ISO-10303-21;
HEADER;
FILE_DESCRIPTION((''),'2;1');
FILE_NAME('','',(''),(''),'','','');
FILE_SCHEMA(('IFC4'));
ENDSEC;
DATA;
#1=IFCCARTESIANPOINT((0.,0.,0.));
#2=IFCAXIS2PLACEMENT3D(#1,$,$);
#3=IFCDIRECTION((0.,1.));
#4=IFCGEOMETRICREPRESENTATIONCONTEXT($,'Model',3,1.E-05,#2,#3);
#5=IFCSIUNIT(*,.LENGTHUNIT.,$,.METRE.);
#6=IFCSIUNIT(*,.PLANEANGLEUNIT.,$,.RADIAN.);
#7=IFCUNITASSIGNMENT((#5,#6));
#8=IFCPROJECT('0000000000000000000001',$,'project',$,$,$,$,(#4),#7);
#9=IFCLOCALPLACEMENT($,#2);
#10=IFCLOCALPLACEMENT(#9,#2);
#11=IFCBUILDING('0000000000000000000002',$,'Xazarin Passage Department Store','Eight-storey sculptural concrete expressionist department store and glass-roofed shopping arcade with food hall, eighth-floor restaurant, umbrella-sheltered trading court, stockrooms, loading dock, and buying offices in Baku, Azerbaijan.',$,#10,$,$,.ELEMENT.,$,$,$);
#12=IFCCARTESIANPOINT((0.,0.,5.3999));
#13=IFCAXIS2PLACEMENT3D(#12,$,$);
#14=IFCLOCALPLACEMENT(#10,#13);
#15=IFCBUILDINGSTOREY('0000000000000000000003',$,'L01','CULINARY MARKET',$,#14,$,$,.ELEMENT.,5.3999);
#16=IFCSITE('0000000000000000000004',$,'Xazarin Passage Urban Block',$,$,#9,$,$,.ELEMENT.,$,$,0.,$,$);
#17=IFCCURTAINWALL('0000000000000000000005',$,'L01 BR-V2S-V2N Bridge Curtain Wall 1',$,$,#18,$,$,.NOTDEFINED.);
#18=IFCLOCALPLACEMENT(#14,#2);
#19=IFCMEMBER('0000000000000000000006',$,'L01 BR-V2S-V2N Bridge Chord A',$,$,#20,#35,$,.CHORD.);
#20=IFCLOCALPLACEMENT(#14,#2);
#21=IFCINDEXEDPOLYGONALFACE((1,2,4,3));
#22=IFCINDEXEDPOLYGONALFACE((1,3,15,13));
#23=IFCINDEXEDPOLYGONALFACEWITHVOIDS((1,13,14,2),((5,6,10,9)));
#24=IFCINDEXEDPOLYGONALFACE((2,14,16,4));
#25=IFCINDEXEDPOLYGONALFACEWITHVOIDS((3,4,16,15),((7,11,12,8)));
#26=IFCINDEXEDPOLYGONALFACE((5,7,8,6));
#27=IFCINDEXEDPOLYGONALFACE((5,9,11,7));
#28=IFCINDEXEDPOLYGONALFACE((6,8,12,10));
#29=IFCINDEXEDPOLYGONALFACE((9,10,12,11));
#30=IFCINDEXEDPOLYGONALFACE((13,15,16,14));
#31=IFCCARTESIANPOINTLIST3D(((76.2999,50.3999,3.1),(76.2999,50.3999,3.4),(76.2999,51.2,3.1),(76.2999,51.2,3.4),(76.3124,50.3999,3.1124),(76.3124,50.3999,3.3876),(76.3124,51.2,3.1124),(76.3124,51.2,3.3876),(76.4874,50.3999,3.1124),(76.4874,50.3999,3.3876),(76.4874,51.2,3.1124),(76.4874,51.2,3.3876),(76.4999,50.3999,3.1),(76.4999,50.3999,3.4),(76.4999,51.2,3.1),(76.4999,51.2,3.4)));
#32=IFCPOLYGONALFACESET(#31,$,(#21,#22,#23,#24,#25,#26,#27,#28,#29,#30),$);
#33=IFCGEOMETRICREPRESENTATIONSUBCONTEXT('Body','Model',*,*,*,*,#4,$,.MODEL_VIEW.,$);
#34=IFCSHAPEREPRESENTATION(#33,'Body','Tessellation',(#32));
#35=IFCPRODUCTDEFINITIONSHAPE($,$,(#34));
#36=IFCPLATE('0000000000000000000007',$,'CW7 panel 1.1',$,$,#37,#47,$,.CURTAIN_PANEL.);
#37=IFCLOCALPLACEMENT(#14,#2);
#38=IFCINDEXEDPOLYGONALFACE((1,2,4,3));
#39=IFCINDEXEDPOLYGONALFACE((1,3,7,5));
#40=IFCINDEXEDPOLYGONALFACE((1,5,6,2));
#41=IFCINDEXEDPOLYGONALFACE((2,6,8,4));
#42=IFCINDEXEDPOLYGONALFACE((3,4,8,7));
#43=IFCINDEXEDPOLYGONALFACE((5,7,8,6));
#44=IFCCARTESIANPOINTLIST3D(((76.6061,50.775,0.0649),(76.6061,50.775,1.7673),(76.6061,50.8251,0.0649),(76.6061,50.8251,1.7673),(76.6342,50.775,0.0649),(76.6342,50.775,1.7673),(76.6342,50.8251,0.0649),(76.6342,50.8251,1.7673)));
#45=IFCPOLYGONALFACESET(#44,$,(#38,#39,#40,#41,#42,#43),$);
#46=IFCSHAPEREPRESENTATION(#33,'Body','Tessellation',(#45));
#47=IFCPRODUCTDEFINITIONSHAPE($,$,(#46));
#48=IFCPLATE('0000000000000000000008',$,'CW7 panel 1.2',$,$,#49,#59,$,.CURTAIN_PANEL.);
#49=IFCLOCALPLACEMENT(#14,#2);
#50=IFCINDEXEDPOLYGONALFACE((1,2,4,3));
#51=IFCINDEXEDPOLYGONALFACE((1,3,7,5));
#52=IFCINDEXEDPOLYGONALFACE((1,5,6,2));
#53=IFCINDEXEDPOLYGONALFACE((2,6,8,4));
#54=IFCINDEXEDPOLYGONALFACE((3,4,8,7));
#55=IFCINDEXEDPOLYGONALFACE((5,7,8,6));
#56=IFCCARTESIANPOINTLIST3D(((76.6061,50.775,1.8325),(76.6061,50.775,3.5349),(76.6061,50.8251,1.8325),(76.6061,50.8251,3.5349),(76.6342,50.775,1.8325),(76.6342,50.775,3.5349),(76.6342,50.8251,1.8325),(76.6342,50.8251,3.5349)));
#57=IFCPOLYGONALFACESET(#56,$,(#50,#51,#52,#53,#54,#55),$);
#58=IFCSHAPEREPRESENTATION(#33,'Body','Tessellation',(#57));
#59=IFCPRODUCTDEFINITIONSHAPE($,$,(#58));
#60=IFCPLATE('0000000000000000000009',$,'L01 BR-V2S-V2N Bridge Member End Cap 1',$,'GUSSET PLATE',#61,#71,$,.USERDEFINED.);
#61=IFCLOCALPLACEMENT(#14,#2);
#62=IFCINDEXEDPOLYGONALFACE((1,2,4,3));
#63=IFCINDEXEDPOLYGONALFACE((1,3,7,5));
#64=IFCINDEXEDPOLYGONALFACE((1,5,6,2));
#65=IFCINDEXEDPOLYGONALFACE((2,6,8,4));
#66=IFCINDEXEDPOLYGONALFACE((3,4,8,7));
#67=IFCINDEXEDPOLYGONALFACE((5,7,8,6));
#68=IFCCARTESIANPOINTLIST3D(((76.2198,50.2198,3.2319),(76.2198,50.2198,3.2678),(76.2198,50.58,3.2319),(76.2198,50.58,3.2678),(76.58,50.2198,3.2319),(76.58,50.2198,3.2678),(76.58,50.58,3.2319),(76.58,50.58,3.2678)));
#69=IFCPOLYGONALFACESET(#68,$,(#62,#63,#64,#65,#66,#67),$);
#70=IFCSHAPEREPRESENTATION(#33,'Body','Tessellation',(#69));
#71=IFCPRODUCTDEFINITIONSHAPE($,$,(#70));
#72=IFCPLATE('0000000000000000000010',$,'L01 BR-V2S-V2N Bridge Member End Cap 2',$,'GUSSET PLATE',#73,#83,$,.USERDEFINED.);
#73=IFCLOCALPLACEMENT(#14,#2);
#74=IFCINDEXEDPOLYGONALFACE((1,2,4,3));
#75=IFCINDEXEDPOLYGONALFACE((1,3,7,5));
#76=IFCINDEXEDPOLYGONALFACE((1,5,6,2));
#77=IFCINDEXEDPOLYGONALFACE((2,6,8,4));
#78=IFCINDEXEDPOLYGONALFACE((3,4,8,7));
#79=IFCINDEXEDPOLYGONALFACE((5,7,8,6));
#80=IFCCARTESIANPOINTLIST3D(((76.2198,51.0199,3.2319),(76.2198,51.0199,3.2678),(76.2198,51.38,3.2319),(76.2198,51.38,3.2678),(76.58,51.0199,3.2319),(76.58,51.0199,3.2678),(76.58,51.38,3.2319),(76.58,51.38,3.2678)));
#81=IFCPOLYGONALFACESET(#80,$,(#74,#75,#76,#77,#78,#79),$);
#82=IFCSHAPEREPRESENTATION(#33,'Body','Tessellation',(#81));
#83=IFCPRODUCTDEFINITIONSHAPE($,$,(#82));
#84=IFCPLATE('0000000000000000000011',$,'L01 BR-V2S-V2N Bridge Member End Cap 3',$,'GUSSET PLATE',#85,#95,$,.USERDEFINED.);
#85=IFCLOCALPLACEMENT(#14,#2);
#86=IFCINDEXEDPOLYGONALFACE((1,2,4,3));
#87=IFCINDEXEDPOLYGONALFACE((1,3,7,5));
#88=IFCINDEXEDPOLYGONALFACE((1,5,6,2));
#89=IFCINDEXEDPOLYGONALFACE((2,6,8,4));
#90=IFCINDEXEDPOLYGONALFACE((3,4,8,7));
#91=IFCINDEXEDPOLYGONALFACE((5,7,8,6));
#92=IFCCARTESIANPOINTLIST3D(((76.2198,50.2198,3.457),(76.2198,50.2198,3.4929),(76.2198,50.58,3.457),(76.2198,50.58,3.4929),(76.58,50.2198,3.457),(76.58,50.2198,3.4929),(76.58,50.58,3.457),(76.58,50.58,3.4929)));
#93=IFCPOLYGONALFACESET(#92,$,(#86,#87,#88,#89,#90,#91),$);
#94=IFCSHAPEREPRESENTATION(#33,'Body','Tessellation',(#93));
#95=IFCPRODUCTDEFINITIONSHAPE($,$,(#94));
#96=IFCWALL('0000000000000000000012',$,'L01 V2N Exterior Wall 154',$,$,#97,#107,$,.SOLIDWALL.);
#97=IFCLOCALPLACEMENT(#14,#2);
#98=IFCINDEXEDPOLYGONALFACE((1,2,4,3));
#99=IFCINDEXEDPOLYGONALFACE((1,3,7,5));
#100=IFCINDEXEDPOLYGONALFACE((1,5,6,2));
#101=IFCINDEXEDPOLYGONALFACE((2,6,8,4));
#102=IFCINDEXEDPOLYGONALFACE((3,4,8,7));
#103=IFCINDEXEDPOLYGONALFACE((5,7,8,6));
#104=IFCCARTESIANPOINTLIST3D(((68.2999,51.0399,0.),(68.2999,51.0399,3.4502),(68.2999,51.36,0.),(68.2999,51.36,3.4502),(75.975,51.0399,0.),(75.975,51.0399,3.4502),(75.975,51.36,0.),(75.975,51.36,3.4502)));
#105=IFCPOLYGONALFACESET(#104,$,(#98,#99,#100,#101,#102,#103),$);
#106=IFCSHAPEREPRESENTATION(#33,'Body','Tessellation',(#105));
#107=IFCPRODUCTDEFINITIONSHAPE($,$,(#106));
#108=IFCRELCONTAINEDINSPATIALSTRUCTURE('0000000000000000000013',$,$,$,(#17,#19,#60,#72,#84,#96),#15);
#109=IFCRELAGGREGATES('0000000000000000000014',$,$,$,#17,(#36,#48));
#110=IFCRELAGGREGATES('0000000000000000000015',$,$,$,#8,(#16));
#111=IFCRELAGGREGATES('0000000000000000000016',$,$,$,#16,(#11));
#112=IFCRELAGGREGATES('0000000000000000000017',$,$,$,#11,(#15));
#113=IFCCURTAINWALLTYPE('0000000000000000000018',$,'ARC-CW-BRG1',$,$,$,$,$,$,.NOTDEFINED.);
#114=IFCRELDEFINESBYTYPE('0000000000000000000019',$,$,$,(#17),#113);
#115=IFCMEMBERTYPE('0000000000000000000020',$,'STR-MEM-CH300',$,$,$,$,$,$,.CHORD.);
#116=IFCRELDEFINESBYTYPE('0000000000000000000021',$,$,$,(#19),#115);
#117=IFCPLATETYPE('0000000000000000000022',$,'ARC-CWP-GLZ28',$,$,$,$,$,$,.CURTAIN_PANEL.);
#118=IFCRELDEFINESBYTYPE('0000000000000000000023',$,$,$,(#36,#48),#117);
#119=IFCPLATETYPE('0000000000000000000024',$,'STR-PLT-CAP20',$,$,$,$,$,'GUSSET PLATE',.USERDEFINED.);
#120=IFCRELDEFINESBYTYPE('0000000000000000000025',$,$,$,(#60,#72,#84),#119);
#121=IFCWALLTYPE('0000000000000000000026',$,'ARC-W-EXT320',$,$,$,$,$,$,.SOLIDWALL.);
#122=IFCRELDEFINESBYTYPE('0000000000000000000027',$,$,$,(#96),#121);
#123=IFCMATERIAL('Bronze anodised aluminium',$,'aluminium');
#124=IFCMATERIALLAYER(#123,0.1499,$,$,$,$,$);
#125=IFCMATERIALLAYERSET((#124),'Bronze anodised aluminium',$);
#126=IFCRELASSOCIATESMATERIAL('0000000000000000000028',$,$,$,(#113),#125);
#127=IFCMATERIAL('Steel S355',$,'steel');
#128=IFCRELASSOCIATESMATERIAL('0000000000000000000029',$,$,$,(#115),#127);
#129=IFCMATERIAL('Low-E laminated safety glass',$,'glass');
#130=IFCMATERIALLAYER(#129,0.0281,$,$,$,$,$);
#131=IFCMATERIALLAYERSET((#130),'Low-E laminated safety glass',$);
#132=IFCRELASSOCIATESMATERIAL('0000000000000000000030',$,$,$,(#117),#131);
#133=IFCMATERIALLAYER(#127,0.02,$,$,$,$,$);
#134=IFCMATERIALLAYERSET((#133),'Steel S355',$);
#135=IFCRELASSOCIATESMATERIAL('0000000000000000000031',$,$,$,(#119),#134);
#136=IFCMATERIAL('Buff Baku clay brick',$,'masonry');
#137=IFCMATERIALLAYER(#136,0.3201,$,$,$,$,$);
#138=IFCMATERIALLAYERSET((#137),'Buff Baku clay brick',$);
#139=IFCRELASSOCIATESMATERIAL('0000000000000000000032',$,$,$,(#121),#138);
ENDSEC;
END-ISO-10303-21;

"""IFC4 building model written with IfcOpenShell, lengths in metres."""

from ifc_helpers import new_model, si_unit, direction, frame, frame_2d, origin, origin_2d, place, context, subcontext, project, spatial, rectangle, hollow_rectangle, extrude, material, layer, layer_set, material_profile, profile_set, type_object, element, aggregate, save


model = new_model("IFC4")

# Units and contexts
model_context = context("Model", 3, precision=1e-05, world=origin(), true_north=direction((0.0, 1.0)))
body_context = subcontext(model_context, "Body", "Model", "MODEL_VIEW")
ifc_project = project(units=[si_unit("LENGTHUNIT", "METRE"), si_unit("PLANEANGLEUNIT", "RADIAN")], contexts=[model_context])

# Site, building, storey
site_placement = place(None, origin())
site = spatial("IfcSite", under=ifc_project, at=site_placement, Name="Xazarin Passage Urban Block", CompositionType="ELEMENT", RefElevation=0.0)
building_placement = place(site_placement, origin())
building = spatial("IfcBuilding", under=site, at=building_placement, Name="Xazarin Passage Department Store", Description="Eight-storey sculptural concrete expressionist department store and glass-roofed shopping arcade with food hall, eighth-floor restaurant, umbrella-sheltered trading court, stockrooms, loading dock, and buying offices in Baku, Azerbaijan.", CompositionType="ELEMENT")
storey_placement = place(building_placement, frame((0.0, 0.0, 5.3999)))
storey = spatial("IfcBuildingStorey", under=building, at=storey_placement, Name="L01", Description="CULINARY MARKET", CompositionType="ELEMENT", Elevation=5.3999)

# Curtain wall
ifc_material_1 = material(Name="Bronze anodised aluminium", Category="aluminium")
ifc_layer_1 = layer(ifc_material_1, 0.1499)
ifc_layer_set_1 = layer_set([ifc_layer_1], Name="Bronze anodised aluminium")
curtain_wall_type = type_object("IfcCurtainWallType", Name="ARC-CW-BRG1", PredefinedType="NOTDEFINED", material=ifc_layer_set_1)
curtain_wall_placement = place(storey_placement, origin())
curtain_wall = element("IfcCurtainWall", 1, at=curtain_wall_placement, inside=storey, type_object=curtain_wall_type, Name="L01 BR-V2S-V2N Bridge Curtain Wall 1", PredefinedType="NOTDEFINED")

# Shared definitions
ifc_material_2 = material(Name="Steel S355", Category="steel")

# Member
ifc_material_profile_1 = material_profile(ifc_material_2, hollow_rectangle(XDim=0.2, YDim=0.3, WallThickness=0.0125, at=origin_2d()), Name="RHS 300x200x12.5")
ifc_profile_set_1 = profile_set([ifc_material_profile_1], Name="Steel S355")
member_type_1 = type_object("IfcMemberType", Name="STR-MEM-CH300", PredefinedType="CHORD", material=ifc_profile_set_1)
member_1_placement = place(storey_placement, frame((76.3999, 50.3999, 3.25), z_axis=(0.0, 1.0, 0.0), x_axis=(-1.0, 0.0, 0.0)))
element("IfcMember", 2, at=member_1_placement, inside=storey, type_object=member_type_1, Name="L01 BR-V2S-V2N Bridge Chord A", PredefinedType="CHORD", context=body_context, shape_type="SweptSolid", body=[
    extrude(hollow_rectangle(XDim=0.2, YDim=0.3, WallThickness=0.0125, at=origin_2d()), origin(), (0.0, 0.0, 1.0), 0.8),
])

# Plates
ifc_material_3 = material(Name="Low-E laminated safety glass", Category="glass")
ifc_layer_2 = layer(ifc_material_3, 0.0281)
ifc_layer_set_2 = layer_set([ifc_layer_2], Name="Low-E laminated safety glass")
plate_type_1 = type_object("IfcPlateType", Name="ARC-CWP-GLZ28", PredefinedType="CURTAIN_PANEL", material=ifc_layer_set_2)
plate_1_placement = place(storey_placement, frame((76.6201, 50.8, 0.0649), z_axis=(0.0, 0.0, 1.0), x_axis=(0.0, 1.0, 0.0)))
plate_1 = element("IfcPlate", 3, at=plate_1_placement, type_object=plate_type_1, Name="CW7 panel 1.1", PredefinedType="CURTAIN_PANEL", context=body_context, shape_type="SweptSolid", body=[
    extrude(rectangle(XDim=0.05, YDim=0.0281, at=origin_2d()), origin(), (0.0, 0.0, 1.0), 1.7024),
])
plate_2_placement = place(storey_placement, frame((76.6201, 50.8, 1.8325), z_axis=(0.0, 0.0, 1.0), x_axis=(0.0, 1.0, 0.0)))
plate_2 = element("IfcPlate", 4, at=plate_2_placement, type_object=plate_type_1, Name="CW7 panel 1.2", PredefinedType="CURTAIN_PANEL", context=body_context, shape_type="SweptSolid", body=[
    extrude(rectangle(XDim=0.05, YDim=0.0281, at=origin_2d()), origin(), (0.0, 0.0, 1.0), 1.7024),
])
aggregate(curtain_wall, [plate_1, plate_2])

# Plates
ifc_layer_3 = layer(ifc_material_2, 0.02)
ifc_layer_set_3 = layer_set([ifc_layer_3], Name="Steel S355")
plate_type_2 = type_object("IfcPlateType", Name="STR-PLT-CAP20", ElementType="GUSSET PLATE", PredefinedType="USERDEFINED", material=ifc_layer_set_3)
for number, where, z_axis, x_axis, name in (
    (5, (76.3999, 50.3999, 3.2319), (0.0, 0.0, 1.0), (1.0, 0.0, 0.0), "L01 BR-V2S-V2N Bridge Member End Cap 1"),
    (6, (76.3999, 51.2, 3.2319), (0.0, 0.0, 1.0), (1.0, 0.0, 0.0), "L01 BR-V2S-V2N Bridge Member End Cap 2"),
    (7, (76.3999, 50.3999, 3.457), (0.0, 0.0, 1.0), (1.0, 0.0, 0.0), "L01 BR-V2S-V2N Bridge Member End Cap 3"),
):
    element("IfcPlate", number, at=place(storey_placement, frame(where, z_axis=z_axis, x_axis=x_axis)), inside=storey, type_object=plate_type_2, Name=name, ObjectType="GUSSET PLATE", PredefinedType="USERDEFINED", context=body_context, shape_type="SweptSolid", body=[
        extrude(rectangle(XDim=0.3601, YDim=0.3601, at=origin_2d()), origin(), (0.0, 0.0, 1.0), 0.0359),
    ])

# Wall
ifc_material_4 = material(Name="Buff Baku clay brick", Category="masonry")
ifc_layer_4 = layer(ifc_material_4, 0.3201)
ifc_layer_set_4 = layer_set([ifc_layer_4], Name="Buff Baku clay brick")
wall_type = type_object("IfcWallType", Name="ARC-W-EXT320", PredefinedType="SOLIDWALL", material=ifc_layer_set_4)
wall_placement = place(storey_placement, frame((68.3, 51.2, 0.0), z_axis=(0.0, 0.0, 1.0), x_axis=(1.0, 0.0, 0.0)))
element("IfcWall", 8, at=wall_placement, inside=storey, type_object=wall_type, Name="L01 V2N Exterior Wall 154", PredefinedType="SOLIDWALL", context=body_context, shape_type="SweptSolid", body=[
    extrude(rectangle(XDim=7.675, YDim=0.3201, at=frame_2d((3.8374, 0.0))), origin(), (0.0, 0.0, 1.0), 3.4502),
])

save(model, "model.ifc")
